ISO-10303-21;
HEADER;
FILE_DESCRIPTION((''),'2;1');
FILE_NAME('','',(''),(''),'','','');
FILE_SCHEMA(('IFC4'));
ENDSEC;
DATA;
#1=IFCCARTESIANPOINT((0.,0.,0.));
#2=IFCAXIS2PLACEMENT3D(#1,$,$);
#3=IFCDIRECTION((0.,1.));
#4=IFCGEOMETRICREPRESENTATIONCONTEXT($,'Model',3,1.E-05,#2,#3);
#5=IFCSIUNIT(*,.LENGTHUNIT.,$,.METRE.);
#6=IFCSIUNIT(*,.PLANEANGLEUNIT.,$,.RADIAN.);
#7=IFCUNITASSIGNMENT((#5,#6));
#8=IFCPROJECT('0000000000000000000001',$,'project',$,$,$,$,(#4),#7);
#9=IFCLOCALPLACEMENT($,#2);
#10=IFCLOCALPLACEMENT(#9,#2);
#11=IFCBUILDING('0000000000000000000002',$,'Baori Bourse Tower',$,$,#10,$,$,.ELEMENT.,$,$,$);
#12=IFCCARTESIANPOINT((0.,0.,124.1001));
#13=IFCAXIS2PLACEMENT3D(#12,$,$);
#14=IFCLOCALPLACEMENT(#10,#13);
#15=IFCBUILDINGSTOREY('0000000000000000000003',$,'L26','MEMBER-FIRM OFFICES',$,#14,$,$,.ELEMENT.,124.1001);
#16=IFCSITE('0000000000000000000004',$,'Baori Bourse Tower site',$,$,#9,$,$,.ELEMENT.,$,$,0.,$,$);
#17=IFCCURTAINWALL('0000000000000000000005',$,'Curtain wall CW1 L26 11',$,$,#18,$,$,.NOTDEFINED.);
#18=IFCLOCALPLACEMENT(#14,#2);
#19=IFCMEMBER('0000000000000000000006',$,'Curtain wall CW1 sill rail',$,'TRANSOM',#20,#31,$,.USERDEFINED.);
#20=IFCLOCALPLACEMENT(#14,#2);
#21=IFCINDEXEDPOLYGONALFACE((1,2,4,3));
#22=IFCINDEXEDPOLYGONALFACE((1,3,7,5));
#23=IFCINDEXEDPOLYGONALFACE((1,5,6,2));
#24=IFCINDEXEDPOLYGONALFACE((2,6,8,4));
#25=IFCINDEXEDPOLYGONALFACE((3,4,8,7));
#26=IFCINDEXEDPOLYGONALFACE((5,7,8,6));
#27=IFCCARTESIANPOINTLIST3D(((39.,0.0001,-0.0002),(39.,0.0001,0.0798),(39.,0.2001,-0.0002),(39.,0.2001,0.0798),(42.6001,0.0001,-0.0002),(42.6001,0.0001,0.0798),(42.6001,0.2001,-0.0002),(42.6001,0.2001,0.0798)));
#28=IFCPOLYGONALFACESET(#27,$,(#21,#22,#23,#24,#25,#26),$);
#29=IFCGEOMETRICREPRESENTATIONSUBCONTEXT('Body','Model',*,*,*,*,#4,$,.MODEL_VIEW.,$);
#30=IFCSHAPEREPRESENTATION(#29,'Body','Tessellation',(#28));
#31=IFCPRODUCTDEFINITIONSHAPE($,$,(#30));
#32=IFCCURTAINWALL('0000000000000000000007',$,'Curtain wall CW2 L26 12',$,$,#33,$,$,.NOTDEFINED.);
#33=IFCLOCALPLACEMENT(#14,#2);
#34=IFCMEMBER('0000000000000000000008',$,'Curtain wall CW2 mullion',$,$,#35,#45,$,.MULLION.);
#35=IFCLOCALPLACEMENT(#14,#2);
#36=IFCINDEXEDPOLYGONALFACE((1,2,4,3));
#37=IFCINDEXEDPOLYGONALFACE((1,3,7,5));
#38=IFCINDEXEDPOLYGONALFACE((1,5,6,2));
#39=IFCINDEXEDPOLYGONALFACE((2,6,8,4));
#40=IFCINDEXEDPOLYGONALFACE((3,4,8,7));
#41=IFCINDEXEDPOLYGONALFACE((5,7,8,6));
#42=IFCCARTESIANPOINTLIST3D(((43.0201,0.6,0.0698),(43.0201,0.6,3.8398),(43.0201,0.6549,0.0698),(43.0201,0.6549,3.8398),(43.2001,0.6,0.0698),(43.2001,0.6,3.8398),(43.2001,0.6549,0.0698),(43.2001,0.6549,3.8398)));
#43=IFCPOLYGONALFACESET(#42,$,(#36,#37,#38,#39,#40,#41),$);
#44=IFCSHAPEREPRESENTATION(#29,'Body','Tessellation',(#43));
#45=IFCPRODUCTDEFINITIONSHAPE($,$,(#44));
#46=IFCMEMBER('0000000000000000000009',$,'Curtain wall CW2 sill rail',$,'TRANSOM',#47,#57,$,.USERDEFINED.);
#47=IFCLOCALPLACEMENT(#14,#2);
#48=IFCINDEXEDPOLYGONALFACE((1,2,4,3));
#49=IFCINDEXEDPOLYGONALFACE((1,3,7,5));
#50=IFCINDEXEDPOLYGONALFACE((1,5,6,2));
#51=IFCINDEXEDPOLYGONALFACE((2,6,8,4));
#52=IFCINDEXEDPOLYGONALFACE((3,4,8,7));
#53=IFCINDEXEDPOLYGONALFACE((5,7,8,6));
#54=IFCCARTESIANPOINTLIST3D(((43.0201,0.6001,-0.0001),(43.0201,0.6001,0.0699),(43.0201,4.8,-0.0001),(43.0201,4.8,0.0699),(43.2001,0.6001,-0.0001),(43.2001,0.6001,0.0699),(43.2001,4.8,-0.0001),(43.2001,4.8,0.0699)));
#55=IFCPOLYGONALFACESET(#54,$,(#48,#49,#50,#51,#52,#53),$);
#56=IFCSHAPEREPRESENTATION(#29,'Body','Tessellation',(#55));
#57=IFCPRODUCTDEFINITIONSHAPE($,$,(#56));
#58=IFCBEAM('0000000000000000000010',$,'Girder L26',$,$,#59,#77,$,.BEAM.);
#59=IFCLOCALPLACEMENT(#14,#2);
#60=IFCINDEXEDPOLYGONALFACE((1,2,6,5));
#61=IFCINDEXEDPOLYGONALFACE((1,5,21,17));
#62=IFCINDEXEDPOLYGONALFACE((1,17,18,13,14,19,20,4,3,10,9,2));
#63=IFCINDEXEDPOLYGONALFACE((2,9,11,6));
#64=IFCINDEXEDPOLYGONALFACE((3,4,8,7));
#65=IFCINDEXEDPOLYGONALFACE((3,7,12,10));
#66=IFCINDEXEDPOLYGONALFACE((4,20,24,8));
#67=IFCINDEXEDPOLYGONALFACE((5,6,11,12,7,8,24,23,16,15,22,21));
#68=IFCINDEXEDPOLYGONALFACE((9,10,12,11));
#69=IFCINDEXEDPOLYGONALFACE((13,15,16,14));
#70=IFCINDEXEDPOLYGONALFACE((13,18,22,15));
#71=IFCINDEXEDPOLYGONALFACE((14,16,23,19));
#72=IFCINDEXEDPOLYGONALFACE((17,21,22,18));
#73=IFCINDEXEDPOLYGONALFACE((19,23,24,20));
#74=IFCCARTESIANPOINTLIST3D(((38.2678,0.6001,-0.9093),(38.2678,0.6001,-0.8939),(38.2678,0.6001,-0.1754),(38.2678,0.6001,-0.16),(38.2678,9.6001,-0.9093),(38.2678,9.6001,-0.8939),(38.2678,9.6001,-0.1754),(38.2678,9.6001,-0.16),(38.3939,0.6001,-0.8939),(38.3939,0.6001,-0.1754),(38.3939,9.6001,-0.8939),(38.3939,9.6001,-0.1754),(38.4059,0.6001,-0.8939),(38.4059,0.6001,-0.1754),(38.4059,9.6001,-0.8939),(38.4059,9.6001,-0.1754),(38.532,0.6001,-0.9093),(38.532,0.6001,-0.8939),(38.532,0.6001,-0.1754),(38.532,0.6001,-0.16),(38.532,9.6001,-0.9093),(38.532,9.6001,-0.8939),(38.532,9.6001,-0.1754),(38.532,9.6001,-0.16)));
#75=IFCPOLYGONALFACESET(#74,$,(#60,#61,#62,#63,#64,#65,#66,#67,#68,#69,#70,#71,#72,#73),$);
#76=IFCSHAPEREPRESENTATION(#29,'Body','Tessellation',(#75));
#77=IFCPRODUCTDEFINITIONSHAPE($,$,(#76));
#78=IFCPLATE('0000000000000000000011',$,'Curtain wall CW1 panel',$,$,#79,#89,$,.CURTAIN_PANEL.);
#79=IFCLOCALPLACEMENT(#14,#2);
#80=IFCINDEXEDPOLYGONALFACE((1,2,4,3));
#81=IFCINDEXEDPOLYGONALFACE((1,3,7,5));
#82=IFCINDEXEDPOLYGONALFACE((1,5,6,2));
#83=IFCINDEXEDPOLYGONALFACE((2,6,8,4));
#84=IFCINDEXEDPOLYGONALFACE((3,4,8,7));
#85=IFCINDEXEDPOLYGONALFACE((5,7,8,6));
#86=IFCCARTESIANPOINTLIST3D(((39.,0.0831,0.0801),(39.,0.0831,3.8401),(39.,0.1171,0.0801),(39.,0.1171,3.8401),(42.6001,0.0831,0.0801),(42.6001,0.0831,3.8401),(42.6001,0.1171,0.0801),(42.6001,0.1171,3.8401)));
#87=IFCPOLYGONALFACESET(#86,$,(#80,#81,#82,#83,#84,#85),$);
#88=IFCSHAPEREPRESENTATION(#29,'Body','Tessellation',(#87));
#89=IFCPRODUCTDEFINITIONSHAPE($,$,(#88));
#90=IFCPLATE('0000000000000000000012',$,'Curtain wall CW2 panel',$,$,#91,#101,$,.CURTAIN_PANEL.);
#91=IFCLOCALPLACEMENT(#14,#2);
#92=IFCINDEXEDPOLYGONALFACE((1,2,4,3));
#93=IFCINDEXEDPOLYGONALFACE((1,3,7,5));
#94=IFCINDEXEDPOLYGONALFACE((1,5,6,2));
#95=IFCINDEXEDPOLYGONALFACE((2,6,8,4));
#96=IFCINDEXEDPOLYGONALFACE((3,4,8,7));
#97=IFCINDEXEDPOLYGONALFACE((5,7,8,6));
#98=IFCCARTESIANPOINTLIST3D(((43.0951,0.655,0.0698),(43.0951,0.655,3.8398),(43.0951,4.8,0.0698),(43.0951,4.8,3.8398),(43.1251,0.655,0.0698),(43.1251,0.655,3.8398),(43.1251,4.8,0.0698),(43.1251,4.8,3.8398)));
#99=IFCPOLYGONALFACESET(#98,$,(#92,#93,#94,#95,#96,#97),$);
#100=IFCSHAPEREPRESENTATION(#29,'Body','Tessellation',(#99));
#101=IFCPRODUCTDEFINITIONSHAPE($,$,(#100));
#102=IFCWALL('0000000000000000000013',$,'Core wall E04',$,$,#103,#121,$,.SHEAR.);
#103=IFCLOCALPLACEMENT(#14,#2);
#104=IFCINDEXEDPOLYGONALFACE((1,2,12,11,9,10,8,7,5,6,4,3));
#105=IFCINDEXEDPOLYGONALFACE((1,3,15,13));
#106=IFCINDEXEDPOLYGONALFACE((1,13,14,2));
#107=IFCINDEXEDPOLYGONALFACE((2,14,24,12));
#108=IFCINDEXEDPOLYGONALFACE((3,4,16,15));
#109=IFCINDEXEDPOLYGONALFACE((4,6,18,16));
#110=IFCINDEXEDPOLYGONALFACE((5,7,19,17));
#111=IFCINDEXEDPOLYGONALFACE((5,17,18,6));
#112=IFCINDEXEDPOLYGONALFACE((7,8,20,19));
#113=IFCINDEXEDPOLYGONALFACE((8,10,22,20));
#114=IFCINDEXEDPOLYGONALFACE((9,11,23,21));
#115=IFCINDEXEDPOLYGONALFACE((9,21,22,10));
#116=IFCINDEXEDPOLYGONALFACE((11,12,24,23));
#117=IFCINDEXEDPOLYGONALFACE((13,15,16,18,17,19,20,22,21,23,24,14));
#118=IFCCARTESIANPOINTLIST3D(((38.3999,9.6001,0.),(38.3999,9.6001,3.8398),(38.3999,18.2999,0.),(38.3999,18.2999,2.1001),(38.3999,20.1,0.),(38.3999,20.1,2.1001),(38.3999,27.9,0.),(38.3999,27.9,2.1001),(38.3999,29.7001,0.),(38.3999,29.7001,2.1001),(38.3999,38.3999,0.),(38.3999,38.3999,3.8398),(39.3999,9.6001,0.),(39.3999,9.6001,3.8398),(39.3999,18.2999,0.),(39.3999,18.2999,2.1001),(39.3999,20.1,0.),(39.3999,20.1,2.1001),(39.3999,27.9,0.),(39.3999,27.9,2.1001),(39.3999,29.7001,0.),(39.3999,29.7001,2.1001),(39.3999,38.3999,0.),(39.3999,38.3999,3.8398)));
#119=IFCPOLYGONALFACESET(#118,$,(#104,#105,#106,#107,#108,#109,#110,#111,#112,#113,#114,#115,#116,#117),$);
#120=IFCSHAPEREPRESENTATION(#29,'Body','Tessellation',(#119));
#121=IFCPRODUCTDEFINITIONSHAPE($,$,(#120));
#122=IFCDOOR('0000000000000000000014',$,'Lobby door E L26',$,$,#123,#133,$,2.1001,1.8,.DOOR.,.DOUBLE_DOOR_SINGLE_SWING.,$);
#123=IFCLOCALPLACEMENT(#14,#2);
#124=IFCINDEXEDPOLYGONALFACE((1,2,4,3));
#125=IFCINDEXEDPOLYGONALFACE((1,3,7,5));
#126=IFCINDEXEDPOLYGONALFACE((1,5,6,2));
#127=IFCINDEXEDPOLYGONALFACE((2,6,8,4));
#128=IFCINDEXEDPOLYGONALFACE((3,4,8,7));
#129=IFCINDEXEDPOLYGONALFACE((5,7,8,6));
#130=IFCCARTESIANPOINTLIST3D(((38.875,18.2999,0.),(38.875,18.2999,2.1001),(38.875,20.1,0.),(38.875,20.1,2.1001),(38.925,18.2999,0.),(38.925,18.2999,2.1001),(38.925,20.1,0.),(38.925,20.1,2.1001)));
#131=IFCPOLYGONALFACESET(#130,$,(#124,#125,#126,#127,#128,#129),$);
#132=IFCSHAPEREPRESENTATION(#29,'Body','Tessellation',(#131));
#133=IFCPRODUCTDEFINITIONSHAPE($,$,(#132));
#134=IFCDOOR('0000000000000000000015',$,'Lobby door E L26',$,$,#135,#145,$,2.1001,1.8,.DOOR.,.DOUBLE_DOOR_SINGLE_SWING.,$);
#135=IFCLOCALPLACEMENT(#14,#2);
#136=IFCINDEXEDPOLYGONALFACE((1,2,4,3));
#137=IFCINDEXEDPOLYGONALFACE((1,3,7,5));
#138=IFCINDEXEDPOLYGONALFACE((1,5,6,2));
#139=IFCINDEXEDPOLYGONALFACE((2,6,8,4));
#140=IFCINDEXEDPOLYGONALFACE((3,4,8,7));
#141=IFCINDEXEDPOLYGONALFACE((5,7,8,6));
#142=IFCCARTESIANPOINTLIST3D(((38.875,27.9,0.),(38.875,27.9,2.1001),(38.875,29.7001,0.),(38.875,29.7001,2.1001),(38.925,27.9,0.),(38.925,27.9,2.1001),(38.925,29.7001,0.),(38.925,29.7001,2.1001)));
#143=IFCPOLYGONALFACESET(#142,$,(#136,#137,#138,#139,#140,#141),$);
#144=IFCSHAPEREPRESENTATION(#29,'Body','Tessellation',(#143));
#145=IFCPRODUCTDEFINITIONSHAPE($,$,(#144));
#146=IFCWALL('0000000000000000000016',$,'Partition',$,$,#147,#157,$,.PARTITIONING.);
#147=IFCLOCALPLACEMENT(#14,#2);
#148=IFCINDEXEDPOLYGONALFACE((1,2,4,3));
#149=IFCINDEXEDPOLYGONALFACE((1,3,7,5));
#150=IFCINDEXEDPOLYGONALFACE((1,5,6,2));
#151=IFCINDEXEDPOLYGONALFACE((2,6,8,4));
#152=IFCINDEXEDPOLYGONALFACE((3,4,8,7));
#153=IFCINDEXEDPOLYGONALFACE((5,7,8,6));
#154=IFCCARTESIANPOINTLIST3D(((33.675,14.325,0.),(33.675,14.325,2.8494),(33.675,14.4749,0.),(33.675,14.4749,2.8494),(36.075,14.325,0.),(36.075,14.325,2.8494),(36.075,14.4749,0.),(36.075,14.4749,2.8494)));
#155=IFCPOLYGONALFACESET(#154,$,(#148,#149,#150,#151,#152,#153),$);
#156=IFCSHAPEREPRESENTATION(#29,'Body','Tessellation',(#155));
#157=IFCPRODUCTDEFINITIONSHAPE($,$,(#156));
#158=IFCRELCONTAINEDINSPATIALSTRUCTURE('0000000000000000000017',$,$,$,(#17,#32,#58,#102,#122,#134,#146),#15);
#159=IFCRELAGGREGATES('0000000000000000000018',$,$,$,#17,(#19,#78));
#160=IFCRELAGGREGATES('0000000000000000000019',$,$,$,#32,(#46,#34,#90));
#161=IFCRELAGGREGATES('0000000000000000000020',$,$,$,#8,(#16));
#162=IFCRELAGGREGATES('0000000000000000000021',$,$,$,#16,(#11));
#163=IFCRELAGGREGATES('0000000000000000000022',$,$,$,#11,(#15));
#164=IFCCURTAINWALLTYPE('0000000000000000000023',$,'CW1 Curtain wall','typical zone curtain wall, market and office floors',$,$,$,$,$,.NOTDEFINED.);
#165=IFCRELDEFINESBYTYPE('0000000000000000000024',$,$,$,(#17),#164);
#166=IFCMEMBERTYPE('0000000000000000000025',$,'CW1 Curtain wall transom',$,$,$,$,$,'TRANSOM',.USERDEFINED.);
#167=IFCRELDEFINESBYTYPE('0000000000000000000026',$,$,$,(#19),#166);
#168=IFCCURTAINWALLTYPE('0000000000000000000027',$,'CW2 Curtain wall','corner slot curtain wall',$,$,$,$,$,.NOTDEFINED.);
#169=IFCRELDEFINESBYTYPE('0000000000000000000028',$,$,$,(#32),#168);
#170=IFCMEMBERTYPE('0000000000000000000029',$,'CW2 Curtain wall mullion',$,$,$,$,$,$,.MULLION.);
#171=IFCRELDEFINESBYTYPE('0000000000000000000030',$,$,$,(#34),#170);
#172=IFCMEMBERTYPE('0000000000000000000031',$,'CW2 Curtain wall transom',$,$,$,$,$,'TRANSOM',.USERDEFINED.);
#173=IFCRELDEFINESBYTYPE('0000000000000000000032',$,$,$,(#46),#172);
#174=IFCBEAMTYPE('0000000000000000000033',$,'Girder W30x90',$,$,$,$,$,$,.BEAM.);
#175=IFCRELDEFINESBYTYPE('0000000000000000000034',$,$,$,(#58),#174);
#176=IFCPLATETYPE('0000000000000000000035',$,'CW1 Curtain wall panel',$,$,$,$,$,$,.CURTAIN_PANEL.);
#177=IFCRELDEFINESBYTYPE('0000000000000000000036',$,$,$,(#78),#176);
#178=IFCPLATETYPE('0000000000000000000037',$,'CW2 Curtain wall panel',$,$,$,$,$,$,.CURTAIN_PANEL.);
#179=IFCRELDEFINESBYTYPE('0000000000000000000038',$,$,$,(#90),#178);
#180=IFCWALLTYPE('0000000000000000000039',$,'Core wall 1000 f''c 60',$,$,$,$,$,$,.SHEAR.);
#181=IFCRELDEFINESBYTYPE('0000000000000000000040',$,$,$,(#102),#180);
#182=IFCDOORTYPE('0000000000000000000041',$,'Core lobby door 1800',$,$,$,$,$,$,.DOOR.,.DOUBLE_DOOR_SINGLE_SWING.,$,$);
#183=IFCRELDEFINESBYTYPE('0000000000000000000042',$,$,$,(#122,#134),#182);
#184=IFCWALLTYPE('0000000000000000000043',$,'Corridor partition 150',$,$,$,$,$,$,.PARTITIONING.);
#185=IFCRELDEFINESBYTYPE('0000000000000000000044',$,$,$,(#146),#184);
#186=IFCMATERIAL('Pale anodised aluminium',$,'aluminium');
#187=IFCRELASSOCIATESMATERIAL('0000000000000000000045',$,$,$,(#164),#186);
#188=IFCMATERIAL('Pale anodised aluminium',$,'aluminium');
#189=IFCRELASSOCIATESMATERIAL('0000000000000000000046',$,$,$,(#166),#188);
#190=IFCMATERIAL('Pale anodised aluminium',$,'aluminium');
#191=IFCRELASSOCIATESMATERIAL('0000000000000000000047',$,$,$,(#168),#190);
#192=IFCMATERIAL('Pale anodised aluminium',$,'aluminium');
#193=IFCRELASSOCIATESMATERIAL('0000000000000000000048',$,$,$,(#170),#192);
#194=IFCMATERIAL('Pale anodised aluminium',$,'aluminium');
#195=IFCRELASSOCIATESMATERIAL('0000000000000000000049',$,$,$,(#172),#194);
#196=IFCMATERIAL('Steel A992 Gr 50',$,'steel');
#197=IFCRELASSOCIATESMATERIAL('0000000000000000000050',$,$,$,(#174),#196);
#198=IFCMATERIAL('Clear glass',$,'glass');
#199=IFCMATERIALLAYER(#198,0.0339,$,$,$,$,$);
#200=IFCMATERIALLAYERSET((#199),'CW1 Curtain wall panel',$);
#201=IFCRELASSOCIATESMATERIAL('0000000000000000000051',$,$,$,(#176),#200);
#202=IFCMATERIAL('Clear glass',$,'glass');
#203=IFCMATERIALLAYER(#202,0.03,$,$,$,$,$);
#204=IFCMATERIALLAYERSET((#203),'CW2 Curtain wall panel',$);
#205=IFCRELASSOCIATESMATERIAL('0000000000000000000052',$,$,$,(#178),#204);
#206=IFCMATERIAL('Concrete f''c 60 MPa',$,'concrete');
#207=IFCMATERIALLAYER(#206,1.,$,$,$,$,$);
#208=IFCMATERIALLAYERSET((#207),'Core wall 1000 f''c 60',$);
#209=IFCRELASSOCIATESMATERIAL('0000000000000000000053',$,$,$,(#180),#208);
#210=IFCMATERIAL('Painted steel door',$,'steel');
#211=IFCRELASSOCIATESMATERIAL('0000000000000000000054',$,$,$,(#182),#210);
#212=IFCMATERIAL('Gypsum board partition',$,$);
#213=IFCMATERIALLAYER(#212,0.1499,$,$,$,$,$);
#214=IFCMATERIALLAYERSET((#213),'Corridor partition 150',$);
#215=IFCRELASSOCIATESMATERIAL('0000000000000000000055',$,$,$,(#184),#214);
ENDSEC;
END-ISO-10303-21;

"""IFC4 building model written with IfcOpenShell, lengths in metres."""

from ifc_helpers import new_model, si_unit, direction, frame, frame_2d, origin, origin_2d, place, context, subcontext, project, spatial, rectangle, i_section, extrude, material, layer, layer_set, material_profile, profile_set, type_object, element, fill, aggregate, save


model = new_model("IFC4")

# Units and contexts
model_context = context("Model", 3, precision=1e-05, world=origin(), true_north=direction((0.0, 1.0)))
body_context = subcontext(model_context, "Body", "Model", "MODEL_VIEW")
ifc_project = project(units=[si_unit("LENGTHUNIT", "METRE"), si_unit("PLANEANGLEUNIT", "RADIAN")], contexts=[model_context])

# Site, building, storey
site_placement = place(None, origin())
site = spatial("IfcSite", under=ifc_project, at=site_placement, Name="Baori Bourse Tower site", CompositionType="ELEMENT", RefElevation=0.0)
building_placement = place(site_placement, origin())
building = spatial("IfcBuilding", under=site, at=building_placement, Name="Baori Bourse Tower", CompositionType="ELEMENT")
storey_placement = place(building_placement, frame((0.0, 0.0, 124.1001)))
storey = spatial("IfcBuildingStorey", under=building, at=storey_placement, Name="L26", Description="MEMBER-FIRM OFFICES", CompositionType="ELEMENT", Elevation=124.1001)

# Curtain wall, member
ifc_material_1 = material(Name="Pale anodised aluminium", Category="aluminium")
curtain_wall_type_1 = type_object("IfcCurtainWallType", Name="CW1 Curtain wall", Description="typical zone curtain wall, market and office floors", PredefinedType="NOTDEFINED", material=ifc_material_1)
curtain_wall_1_placement = place(storey_placement, origin())
curtain_wall_1 = element("IfcCurtainWall", 1, at=curtain_wall_1_placement, inside=storey, type_object=curtain_wall_type_1, Name="Curtain wall CW1 L26 11", PredefinedType="NOTDEFINED")
ifc_material_2 = material(Name="Pale anodised aluminium", Category="aluminium")
ifc_material_profile_1 = material_profile(ifc_material_2, rectangle(XDim=0.2, YDim=0.0801, at=origin_2d()), Name="Transom 80x200")
ifc_profile_set_1 = profile_set([ifc_material_profile_1], Name="Pale anodised aluminium")
member_type_1 = type_object("IfcMemberType", Name="CW1 Curtain wall transom", ElementType="TRANSOM", PredefinedType="USERDEFINED", material=ifc_profile_set_1)
member_1_placement = place(storey_placement, frame((39.0, 0.1001, 0.0398), z_axis=(1.0, 0.0, 0.0), x_axis=(0.0, 1.0, 0.0)))
member_1 = element("IfcMember", 2, at=member_1_placement, type_object=member_type_1, Name="Curtain wall CW1 sill rail", ObjectType="TRANSOM", PredefinedType="USERDEFINED", context=body_context, shape_type="SweptSolid", body=[
    extrude(rectangle(XDim=0.2, YDim=0.0801, at=origin_2d()), origin(), (0.0, 0.0, 1.0), 3.6001),
])

# Curtain wall, members
ifc_material_3 = material(Name="Pale anodised aluminium", Category="aluminium")
curtain_wall_type_2 = type_object("IfcCurtainWallType", Name="CW2 Curtain wall", Description="corner slot curtain wall", PredefinedType="NOTDEFINED", material=ifc_material_3)
curtain_wall_2_placement = place(storey_placement, origin())
curtain_wall_2 = element("IfcCurtainWall", 3, at=curtain_wall_2_placement, inside=storey, type_object=curtain_wall_type_2, Name="Curtain wall CW2 L26 12", PredefinedType="NOTDEFINED")
ifc_material_4 = material(Name="Pale anodised aluminium", Category="aluminium")
ifc_material_profile_2 = material_profile(ifc_material_4, rectangle(XDim=0.1799, YDim=0.0549, at=origin_2d()), Name="Mullion 55x180")
ifc_profile_set_2 = profile_set([ifc_material_profile_2], Name="Pale anodised aluminium")
member_type_2 = type_object("IfcMemberType", Name="CW2 Curtain wall mullion", PredefinedType="MULLION", material=ifc_profile_set_2)
member_2_placement = place(storey_placement, frame((43.1101, 0.6274, 0.0698), z_axis=(0.0, 0.0, 1.0), x_axis=(-1.0, 0.0, 0.0)))
member_2 = element("IfcMember", 4, at=member_2_placement, type_object=member_type_2, Name="Curtain wall CW2 mullion", PredefinedType="MULLION", context=body_context, shape_type="SweptSolid", body=[
    extrude(rectangle(XDim=0.1799, YDim=0.0549, at=origin_2d()), origin(), (0.0, 0.0, 1.0), 3.77),
])
ifc_material_5 = material(Name="Pale anodised aluminium", Category="aluminium")
ifc_material_profile_3 = material_profile(ifc_material_5, rectangle(XDim=0.1799, YDim=0.0701, at=origin_2d()), Name="Transom 70x180")
ifc_profile_set_3 = profile_set([ifc_material_profile_3], Name="Pale anodised aluminium")
member_type_3 = type_object("IfcMemberType", Name="CW2 Curtain wall transom", ElementType="TRANSOM", PredefinedType="USERDEFINED", material=ifc_profile_set_3)
member_3_placement = place(storey_placement, frame((43.1101, 0.6001, 0.0349), z_axis=(0.0, 1.0, 0.0), x_axis=(-1.0, 0.0, 0.0)))
member_3 = element("IfcMember", 5, at=member_3_placement, type_object=member_type_3, Name="Curtain wall CW2 sill rail", ObjectType="TRANSOM", PredefinedType="USERDEFINED", context=body_context, shape_type="SweptSolid", body=[
    extrude(rectangle(XDim=0.1799, YDim=0.0701, at=origin_2d()), origin(), (0.0, 0.0, 1.0), 4.2),
])

# Beam
ifc_material_6 = material(Name="Steel A992 Gr 50", Category="steel")
ifc_material_profile_4 = material_profile(ifc_material_6, i_section(OverallWidth=0.2642, OverallDepth=0.7493, WebThickness=0.012, FlangeThickness=0.0154, at=origin_2d()), Name="W30x90")
ifc_profile_set_4 = profile_set([ifc_material_profile_4], Name="Steel A992 Gr 50")
beam_type = type_object("IfcBeamType", Name="Girder W30x90", PredefinedType="BEAM", material=ifc_profile_set_4)
beam_placement = place(storey_placement, frame((38.3999, 0.6001, -0.5347), z_axis=(0.0, 1.0, 0.0), x_axis=(-1.0, 0.0, 0.0)))
element("IfcBeam", 6, at=beam_placement, inside=storey, type_object=beam_type, Name="Girder L26", PredefinedType="BEAM", context=body_context, shape_type="SweptSolid", body=[
    extrude(i_section(OverallWidth=0.2642, OverallDepth=0.7493, WebThickness=0.012, FlangeThickness=0.0154, at=origin_2d()), origin(), (0.0, 0.0, 1.0), 9.0),
])

# Plates
ifc_material_7 = material(Name="Clear glass", Category="glass")
ifc_layer_1 = layer(ifc_material_7, 0.0339)
ifc_layer_set_1 = layer_set([ifc_layer_1], Name="CW1 Curtain wall panel")
plate_type_1 = type_object("IfcPlateType", Name="CW1 Curtain wall panel", PredefinedType="CURTAIN_PANEL", material=ifc_layer_set_1)
plate_1_placement = place(storey_placement, frame((40.8, 0.1001, 0.0801), z_axis=(0.0, 0.0, 1.0), x_axis=(1.0, 0.0, 0.0)))
plate_1 = element("IfcPlate", 7, at=plate_1_placement, type_object=plate_type_1, Name="Curtain wall CW1 panel", PredefinedType="CURTAIN_PANEL", context=body_context, shape_type="SweptSolid", body=[
    extrude(rectangle(XDim=3.6001, YDim=0.0339, at=origin_2d()), origin(), (0.0, 0.0, 1.0), 3.76),
])
aggregate(curtain_wall_1, [member_1, plate_1])
ifc_material_8 = material(Name="Clear glass", Category="glass")
ifc_layer_2 = layer(ifc_material_8, 0.03)
ifc_layer_set_2 = layer_set([ifc_layer_2], Name="CW2 Curtain wall panel")
plate_type_2 = type_object("IfcPlateType", Name="CW2 Curtain wall panel", PredefinedType="CURTAIN_PANEL", material=ifc_layer_set_2)
plate_2_placement = place(storey_placement, frame((43.1101, 2.7275, 0.0698), z_axis=(0.0, 0.0, 1.0), x_axis=(0.0, 1.0, 0.0)))
plate_2 = element("IfcPlate", 8, at=plate_2_placement, type_object=plate_type_2, Name="Curtain wall CW2 panel", PredefinedType="CURTAIN_PANEL", context=body_context, shape_type="SweptSolid", body=[
    extrude(rectangle(XDim=4.145, YDim=0.03, at=origin_2d()), origin(), (0.0, 0.0, 1.0), 3.77),
])
aggregate(curtain_wall_2, [member_3, member_2, plate_2])

# Wall, openings, doors
ifc_material_9 = material(Name="Concrete f'c 60 MPa", Category="concrete")
ifc_layer_3 = layer(ifc_material_9, 1.0)
ifc_layer_set_3 = layer_set([ifc_layer_3], Name="Core wall 1000 f'c 60")
wall_type_1 = type_object("IfcWallType", Name="Core wall 1000 f'c 60", PredefinedType="SHEAR", material=ifc_layer_set_3)
wall_1_placement = place(storey_placement, frame((38.8999, 9.6001, 0.0), z_axis=(0.0, 0.0, 1.0), x_axis=(0.0, 1.0, 0.0)))
wall_1 = element("IfcWall", 9, at=wall_1_placement, inside=storey, type_object=wall_type_1, Name="Core wall E04", PredefinedType="SHEAR", context=body_context, shape_type="SweptSolid", body=[
    extrude(rectangle(XDim=28.7998, YDim=1.0, at=frame_2d((14.3999, 0.0))), origin(), (0.0, 0.0, 1.0), 3.8398),
])
opening_1_placement = place(wall_1_placement, frame((8.7, 0.0, 0.0)))
opening_1 = element("IfcOpeningElement", 10, at=opening_1_placement, cuts=wall_1, PredefinedType="OPENING", context=body_context, shape_type="SweptSolid", body=[
    extrude(rectangle(XDim=1.8, YDim=2.1001, at=frame_2d((0.8999, 1.05))), frame((0.0, 0.51, 0.0), z_axis=(0.0, -1.0, 0.0), x_axis=(1.0, 0.0, 0.0)), (0.0, 0.0, 1.0), 1.02),
])
opening_2_placement = place(wall_1_placement, frame((18.3, 0.0, 0.0)))
opening_2 = element("IfcOpeningElement", 11, at=opening_2_placement, cuts=wall_1, PredefinedType="OPENING", context=body_context, shape_type="SweptSolid", body=[
    extrude(rectangle(XDim=1.8, YDim=2.1001, at=frame_2d((0.8999, 1.05))), frame((0.0, 0.51, 0.0), z_axis=(0.0, -1.0, 0.0), x_axis=(1.0, 0.0, 0.0)), (0.0, 0.0, 1.0), 1.02),
])
ifc_material_10 = material(Name="Painted steel door", Category="steel")
door_type_1 = type_object("IfcDoorType", Name="Core lobby door 1800", OperationType="DOUBLE_DOOR_SINGLE_SWING", PredefinedType="DOOR", material=ifc_material_10)
door_1_placement = place(opening_1_placement, origin())
door_1 = element("IfcDoor", 12, at=door_1_placement, inside=storey, type_object=door_type_1, Name="Lobby door E L26", OperationType="DOUBLE_DOOR_SINGLE_SWING", OverallHeight=2.1001, OverallWidth=1.8, PredefinedType="DOOR", context=body_context, shape_type="SweptSolid", body=[
    extrude(rectangle(XDim=1.8, YDim=2.1001, at=frame_2d((0.8999, 1.05))), frame((0.0, 0.0249, 0.0), z_axis=(0.0, -1.0, 0.0), x_axis=(1.0, 0.0, 0.0)), (0.0, 0.0, 1.0), 0.05),
])
fill(opening_1, door_1)
door_2_placement = place(opening_2_placement, origin())
door_2 = element("IfcDoor", 13, at=door_2_placement, inside=storey, type_object=door_type_1, Name="Lobby door E L26", OperationType="DOUBLE_DOOR_SINGLE_SWING", OverallHeight=2.1001, OverallWidth=1.8, PredefinedType="DOOR", context=body_context, shape_type="SweptSolid", body=[
    extrude(rectangle(XDim=1.8, YDim=2.1001, at=frame_2d((0.8999, 1.05))), frame((0.0, 0.0249, 0.0), z_axis=(0.0, -1.0, 0.0), x_axis=(1.0, 0.0, 0.0)), (0.0, 0.0, 1.0), 0.05),
])
fill(opening_2, door_2)

# Wall
ifc_material_11 = material(Name="Gypsum board partition")
ifc_layer_4 = layer(ifc_material_11, 0.1499)
ifc_layer_set_4 = layer_set([ifc_layer_4], Name="Corridor partition 150")
wall_type_2 = type_object("IfcWallType", Name="Corridor partition 150", PredefinedType="PARTITIONING", material=ifc_layer_set_4)
wall_2_placement = place(storey_placement, frame((33.675, 14.3999, 0.0), z_axis=(0.0, 0.0, 1.0), x_axis=(1.0, 0.0, 0.0)))
element("IfcWall", 14, at=wall_2_placement, inside=storey, type_object=wall_type_2, Name="Partition", PredefinedType="PARTITIONING", context=body_context, shape_type="SweptSolid", body=[
    extrude(rectangle(XDim=2.3999, YDim=0.1499, at=frame_2d((1.2, 0.0))), origin(), (0.0, 0.0, 1.0), 2.8494),
])

save(model, "model.ifc")
